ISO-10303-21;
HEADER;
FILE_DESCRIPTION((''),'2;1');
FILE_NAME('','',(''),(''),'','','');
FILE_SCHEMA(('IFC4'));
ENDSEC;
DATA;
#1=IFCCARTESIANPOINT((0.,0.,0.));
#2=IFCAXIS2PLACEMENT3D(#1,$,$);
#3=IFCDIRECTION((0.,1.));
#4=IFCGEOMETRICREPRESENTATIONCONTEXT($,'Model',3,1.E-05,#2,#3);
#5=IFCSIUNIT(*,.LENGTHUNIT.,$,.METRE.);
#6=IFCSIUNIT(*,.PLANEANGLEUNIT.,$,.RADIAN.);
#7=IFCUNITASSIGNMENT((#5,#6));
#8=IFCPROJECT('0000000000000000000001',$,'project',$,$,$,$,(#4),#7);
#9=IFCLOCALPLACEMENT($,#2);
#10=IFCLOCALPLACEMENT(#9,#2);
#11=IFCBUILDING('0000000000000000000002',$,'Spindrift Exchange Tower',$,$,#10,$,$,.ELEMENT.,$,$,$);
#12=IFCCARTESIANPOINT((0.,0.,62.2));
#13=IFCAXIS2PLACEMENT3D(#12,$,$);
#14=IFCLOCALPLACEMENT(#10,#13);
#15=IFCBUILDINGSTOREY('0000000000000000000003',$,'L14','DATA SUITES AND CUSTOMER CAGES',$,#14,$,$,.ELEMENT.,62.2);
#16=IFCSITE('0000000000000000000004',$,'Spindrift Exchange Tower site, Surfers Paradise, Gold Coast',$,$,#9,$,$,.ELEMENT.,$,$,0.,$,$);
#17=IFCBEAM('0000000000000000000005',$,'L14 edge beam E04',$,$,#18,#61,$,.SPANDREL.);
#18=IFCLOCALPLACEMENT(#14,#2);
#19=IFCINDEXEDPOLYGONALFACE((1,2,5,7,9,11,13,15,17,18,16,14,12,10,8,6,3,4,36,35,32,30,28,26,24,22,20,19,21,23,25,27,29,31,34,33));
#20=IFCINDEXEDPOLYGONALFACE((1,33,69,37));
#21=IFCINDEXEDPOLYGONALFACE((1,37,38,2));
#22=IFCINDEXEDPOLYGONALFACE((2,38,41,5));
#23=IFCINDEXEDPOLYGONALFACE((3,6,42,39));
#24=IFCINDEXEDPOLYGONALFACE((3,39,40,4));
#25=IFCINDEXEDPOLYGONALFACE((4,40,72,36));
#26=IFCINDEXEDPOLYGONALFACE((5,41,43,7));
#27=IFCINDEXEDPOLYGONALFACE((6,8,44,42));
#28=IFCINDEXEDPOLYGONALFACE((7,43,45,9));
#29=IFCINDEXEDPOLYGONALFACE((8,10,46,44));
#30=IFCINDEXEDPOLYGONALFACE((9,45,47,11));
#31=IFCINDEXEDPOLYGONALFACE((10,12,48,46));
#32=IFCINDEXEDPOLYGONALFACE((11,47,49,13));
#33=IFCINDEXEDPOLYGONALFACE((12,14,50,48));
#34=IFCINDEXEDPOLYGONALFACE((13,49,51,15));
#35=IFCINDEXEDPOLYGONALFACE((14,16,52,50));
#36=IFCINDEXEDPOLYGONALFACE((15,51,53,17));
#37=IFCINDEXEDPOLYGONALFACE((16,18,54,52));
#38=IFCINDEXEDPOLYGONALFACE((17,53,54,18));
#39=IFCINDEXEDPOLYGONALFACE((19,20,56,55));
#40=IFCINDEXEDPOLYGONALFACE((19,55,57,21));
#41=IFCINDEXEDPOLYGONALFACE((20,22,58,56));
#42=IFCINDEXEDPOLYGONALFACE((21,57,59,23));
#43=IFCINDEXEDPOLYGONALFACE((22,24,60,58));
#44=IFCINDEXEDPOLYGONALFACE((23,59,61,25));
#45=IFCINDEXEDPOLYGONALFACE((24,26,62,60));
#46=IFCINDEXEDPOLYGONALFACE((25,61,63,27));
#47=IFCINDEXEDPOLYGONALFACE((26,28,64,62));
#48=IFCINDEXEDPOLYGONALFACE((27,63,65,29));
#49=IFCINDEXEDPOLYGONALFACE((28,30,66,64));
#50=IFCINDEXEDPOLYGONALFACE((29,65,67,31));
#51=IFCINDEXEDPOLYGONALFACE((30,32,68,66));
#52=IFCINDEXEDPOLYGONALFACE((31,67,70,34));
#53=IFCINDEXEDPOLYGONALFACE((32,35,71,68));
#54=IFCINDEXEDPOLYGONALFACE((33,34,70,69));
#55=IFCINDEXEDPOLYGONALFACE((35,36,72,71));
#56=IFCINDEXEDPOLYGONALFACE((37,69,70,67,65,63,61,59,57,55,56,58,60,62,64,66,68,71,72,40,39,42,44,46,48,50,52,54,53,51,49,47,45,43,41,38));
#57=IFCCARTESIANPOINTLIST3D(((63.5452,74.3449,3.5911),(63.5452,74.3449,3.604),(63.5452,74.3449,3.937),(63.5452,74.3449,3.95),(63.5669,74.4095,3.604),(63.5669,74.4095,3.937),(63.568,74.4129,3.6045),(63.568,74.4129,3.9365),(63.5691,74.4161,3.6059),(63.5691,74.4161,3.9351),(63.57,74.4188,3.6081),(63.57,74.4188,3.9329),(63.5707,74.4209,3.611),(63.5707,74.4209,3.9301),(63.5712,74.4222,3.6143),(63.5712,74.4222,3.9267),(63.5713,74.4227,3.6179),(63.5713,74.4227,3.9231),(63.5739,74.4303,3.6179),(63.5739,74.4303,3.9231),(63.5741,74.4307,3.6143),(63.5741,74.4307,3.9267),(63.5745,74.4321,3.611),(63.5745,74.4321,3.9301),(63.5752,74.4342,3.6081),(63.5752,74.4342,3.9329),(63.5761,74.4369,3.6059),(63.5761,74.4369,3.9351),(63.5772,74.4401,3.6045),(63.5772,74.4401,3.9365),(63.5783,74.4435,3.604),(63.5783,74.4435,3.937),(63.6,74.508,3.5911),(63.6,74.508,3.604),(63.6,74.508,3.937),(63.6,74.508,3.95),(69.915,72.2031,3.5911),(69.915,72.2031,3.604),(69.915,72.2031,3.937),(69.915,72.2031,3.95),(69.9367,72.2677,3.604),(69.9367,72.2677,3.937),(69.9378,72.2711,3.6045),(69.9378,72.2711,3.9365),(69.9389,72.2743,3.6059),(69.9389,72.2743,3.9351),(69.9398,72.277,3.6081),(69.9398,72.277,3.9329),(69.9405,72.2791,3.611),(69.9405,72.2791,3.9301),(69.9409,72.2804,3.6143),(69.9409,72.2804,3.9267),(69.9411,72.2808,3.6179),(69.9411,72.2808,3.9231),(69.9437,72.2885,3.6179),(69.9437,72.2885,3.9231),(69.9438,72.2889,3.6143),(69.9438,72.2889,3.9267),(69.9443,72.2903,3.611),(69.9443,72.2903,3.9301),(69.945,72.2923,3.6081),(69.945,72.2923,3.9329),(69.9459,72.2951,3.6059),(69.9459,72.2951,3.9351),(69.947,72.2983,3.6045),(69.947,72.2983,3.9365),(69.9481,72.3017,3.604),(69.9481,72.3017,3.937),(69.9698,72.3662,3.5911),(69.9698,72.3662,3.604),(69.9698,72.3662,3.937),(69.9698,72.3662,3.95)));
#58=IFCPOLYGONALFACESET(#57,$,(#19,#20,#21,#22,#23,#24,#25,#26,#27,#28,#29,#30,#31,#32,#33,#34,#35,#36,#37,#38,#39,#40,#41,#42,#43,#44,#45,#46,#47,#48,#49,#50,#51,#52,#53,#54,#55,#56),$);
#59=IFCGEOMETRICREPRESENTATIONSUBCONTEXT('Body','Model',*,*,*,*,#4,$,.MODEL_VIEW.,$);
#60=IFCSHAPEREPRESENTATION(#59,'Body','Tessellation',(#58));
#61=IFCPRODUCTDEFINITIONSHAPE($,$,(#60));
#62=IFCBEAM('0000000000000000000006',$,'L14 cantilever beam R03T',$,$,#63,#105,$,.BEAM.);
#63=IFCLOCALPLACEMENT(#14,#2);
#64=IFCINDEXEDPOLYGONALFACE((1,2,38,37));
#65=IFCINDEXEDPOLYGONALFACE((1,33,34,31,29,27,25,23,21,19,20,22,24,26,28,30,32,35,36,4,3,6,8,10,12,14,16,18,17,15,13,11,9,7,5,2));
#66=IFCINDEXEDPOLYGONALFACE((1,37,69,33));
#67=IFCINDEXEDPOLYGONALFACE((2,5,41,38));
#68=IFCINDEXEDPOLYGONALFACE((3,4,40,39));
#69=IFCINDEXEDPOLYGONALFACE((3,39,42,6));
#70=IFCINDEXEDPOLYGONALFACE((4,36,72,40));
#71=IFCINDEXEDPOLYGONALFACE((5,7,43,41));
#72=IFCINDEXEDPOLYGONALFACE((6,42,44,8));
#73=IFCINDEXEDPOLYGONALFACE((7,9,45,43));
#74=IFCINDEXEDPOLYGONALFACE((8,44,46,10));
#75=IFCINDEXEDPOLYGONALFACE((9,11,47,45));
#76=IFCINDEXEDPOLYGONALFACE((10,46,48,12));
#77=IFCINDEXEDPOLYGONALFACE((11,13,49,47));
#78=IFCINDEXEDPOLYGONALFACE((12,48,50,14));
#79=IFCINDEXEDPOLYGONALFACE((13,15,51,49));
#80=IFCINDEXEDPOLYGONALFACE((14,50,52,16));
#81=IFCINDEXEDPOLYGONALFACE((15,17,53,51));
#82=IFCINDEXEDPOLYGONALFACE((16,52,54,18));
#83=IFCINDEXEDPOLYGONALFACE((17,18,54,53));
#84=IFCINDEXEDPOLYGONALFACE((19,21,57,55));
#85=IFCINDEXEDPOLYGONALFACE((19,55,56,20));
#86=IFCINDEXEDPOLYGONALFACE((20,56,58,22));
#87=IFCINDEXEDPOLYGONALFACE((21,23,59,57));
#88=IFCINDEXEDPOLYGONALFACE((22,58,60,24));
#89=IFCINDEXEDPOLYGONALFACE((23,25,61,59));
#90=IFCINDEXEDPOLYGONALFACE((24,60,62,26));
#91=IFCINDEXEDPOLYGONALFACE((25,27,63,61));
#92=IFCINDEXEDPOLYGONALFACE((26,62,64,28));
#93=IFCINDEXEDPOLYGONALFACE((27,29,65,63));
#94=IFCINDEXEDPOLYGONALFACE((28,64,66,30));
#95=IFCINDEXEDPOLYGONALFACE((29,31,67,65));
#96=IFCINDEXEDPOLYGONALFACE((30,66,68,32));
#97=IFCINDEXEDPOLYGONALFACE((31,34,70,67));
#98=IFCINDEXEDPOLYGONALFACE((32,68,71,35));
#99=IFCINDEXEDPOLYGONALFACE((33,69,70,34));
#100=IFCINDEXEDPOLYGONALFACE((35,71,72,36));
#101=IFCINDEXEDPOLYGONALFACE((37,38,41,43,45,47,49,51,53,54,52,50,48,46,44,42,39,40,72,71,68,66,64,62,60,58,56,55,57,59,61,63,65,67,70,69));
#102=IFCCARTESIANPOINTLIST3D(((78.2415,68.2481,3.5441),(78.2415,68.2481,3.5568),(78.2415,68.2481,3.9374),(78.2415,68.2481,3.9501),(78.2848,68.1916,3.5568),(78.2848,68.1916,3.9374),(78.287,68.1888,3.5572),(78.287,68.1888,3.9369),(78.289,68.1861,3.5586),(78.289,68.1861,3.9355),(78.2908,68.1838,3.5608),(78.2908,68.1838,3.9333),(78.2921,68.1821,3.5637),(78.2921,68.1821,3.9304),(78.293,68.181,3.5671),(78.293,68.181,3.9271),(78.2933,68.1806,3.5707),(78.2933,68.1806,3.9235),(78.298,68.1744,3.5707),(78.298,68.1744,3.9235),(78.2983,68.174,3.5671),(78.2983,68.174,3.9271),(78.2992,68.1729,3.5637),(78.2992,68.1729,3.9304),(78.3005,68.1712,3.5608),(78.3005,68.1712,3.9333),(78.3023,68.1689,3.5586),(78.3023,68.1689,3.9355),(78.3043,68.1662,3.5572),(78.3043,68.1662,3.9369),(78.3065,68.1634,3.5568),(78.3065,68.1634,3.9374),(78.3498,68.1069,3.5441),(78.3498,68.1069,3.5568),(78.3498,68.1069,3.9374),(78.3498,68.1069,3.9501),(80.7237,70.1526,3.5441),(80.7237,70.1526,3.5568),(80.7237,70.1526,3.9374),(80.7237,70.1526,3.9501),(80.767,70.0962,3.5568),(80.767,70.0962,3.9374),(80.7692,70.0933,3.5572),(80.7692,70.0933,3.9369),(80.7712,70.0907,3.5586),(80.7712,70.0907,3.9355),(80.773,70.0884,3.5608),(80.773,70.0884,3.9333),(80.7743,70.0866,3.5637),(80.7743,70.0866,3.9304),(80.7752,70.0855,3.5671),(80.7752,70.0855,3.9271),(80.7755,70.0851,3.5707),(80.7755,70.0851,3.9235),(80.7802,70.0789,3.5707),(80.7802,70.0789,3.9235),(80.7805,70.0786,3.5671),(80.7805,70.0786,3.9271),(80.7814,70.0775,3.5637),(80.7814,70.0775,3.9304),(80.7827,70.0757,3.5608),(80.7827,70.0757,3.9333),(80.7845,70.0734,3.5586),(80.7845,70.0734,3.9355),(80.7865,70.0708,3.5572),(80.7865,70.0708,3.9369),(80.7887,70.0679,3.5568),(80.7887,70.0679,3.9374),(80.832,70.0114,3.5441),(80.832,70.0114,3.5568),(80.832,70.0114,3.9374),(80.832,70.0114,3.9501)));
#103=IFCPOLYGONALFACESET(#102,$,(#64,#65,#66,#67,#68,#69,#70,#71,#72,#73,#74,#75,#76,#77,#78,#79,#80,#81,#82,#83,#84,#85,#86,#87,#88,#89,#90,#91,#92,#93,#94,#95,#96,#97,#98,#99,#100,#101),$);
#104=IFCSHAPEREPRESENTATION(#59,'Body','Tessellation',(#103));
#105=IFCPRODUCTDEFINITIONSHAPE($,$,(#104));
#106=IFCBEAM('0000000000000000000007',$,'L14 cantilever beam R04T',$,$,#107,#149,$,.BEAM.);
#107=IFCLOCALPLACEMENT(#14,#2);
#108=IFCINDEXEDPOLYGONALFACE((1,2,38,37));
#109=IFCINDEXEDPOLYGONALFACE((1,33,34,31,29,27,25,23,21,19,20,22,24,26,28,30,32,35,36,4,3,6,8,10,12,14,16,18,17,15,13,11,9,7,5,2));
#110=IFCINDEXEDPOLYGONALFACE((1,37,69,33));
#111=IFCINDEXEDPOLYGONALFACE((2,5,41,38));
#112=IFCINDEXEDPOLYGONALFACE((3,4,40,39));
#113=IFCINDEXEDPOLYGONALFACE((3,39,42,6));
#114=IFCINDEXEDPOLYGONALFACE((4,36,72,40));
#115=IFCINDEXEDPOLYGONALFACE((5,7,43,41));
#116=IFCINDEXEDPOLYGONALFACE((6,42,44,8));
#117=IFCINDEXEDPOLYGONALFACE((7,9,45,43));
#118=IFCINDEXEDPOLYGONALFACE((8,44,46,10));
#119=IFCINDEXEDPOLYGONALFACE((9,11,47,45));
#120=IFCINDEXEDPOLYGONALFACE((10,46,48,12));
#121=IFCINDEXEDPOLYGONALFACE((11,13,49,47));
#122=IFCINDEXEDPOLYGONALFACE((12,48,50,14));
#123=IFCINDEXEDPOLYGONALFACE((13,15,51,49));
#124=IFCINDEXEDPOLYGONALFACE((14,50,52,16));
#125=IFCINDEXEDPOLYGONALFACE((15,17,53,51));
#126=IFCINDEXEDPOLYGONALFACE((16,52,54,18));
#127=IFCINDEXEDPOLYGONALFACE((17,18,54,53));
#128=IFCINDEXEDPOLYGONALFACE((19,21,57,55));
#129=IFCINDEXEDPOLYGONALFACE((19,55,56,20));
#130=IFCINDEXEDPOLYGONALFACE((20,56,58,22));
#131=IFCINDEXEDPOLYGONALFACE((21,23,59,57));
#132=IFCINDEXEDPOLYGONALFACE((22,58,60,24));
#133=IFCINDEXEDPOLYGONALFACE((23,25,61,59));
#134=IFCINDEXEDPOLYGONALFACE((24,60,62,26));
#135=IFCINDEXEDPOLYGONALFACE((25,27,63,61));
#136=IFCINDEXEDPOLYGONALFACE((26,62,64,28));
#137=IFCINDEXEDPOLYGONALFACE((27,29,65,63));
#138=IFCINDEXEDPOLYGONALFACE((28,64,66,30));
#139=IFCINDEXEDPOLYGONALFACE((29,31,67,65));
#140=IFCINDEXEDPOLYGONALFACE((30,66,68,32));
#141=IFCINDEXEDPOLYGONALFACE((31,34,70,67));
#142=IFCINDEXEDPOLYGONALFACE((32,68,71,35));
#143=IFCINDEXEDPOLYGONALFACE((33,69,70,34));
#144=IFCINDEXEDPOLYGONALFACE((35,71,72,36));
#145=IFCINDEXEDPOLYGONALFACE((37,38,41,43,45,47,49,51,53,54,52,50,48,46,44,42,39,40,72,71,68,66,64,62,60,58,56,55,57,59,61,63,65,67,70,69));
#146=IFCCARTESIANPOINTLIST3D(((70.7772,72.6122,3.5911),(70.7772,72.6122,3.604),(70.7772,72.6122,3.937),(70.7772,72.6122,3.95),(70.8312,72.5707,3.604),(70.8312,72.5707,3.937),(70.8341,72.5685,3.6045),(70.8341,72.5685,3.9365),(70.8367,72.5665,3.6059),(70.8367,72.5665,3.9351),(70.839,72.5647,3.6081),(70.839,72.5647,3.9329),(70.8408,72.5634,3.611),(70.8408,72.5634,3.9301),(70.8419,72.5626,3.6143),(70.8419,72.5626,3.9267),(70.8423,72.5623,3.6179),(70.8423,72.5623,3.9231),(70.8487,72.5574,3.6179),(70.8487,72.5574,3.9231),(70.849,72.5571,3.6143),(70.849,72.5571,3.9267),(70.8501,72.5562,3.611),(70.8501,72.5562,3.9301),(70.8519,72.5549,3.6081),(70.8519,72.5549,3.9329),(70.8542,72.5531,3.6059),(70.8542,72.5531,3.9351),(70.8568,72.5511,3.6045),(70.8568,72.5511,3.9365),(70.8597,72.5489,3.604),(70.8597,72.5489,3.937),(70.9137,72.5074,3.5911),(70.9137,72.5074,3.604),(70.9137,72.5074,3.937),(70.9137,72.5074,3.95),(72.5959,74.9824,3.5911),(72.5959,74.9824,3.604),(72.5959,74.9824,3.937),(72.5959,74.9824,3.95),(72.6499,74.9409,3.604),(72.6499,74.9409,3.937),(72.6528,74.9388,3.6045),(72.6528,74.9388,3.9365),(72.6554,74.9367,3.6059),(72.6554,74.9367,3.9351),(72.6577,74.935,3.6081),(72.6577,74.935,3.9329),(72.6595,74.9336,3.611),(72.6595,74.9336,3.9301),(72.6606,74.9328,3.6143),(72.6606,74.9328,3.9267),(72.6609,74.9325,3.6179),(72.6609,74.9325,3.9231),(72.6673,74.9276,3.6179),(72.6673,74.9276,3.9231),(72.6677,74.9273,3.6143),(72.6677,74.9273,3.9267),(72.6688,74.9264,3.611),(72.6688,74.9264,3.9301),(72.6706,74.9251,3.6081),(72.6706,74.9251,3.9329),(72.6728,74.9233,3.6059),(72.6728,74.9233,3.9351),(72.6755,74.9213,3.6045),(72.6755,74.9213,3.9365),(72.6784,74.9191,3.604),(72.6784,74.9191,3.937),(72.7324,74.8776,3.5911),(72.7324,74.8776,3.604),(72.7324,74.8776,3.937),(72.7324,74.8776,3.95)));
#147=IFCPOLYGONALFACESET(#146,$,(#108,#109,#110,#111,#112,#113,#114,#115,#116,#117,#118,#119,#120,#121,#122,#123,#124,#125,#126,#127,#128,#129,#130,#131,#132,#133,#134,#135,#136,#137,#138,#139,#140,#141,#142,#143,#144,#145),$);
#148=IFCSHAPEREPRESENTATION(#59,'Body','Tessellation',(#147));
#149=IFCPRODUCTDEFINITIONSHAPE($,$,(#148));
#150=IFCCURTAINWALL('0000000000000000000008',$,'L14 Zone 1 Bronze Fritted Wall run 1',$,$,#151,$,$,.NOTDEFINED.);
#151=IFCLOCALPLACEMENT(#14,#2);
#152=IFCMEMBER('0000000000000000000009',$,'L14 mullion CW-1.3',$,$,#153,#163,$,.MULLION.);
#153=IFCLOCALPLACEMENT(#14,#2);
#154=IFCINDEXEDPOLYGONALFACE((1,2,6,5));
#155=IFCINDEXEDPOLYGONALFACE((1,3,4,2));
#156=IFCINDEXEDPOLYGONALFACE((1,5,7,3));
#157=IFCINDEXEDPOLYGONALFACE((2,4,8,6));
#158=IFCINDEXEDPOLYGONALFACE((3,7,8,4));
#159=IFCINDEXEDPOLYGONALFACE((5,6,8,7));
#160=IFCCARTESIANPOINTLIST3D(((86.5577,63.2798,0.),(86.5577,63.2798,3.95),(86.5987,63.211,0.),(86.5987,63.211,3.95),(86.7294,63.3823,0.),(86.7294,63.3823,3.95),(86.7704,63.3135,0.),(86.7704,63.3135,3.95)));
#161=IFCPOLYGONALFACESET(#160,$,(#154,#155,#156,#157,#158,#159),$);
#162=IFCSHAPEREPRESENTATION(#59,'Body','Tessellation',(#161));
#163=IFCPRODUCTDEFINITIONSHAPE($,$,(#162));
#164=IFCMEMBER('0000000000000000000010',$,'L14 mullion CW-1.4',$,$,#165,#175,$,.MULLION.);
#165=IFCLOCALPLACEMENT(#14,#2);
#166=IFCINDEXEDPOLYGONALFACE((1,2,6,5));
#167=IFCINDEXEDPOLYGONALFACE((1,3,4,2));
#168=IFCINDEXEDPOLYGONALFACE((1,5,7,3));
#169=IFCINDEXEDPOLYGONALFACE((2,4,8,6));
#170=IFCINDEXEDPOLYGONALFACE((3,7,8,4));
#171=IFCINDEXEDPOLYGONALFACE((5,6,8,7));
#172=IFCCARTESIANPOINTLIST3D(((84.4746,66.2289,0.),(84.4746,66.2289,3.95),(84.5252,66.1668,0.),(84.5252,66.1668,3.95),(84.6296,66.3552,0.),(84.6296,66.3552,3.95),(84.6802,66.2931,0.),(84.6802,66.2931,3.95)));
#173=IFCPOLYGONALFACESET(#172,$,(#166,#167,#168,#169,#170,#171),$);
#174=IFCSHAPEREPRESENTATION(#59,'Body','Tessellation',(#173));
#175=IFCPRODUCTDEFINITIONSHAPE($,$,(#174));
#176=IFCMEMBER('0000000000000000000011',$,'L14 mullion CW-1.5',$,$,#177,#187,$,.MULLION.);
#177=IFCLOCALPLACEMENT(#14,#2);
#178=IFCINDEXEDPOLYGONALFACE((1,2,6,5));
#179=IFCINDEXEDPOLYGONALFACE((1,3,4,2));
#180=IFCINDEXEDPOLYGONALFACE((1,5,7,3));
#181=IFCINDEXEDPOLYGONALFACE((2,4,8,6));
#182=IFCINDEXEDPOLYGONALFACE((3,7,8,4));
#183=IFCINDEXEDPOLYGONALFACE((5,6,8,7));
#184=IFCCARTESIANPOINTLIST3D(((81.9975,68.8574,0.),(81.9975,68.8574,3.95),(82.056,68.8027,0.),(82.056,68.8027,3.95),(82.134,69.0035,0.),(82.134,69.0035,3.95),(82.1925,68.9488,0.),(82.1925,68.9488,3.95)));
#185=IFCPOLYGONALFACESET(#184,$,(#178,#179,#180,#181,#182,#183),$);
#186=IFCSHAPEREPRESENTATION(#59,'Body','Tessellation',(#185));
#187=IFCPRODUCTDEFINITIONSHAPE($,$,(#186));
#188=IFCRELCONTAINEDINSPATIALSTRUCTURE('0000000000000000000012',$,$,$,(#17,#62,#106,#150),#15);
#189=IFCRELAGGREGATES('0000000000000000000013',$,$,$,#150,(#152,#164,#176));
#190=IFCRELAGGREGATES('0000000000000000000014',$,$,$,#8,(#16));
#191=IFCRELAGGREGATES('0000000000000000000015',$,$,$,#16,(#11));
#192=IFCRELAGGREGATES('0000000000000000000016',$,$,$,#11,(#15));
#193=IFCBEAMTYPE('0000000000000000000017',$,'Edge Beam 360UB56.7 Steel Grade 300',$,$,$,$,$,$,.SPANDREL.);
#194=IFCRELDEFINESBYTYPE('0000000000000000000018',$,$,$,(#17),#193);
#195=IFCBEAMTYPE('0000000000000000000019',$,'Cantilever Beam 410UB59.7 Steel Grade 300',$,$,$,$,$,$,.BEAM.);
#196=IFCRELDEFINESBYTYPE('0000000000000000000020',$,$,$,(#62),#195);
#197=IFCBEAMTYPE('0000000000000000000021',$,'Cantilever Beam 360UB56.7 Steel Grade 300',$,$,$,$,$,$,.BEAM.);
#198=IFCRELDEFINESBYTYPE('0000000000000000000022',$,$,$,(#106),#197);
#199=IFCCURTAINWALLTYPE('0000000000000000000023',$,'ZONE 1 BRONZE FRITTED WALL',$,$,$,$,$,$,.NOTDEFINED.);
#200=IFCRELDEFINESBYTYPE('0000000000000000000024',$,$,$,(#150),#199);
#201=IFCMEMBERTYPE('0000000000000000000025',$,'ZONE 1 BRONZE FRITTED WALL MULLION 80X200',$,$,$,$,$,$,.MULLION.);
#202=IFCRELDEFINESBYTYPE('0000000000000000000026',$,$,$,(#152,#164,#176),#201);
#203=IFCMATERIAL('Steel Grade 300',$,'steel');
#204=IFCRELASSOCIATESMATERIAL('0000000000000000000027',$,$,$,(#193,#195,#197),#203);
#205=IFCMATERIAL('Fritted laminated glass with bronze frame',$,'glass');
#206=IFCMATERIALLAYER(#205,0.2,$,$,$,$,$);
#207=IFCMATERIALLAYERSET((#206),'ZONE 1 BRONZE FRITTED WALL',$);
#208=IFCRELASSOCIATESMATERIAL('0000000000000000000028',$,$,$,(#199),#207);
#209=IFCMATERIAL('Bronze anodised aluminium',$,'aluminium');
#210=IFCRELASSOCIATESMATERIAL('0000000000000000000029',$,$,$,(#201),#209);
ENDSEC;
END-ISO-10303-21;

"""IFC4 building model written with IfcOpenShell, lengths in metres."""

from ifc_helpers import new_model, si_unit, direction, frame, origin, origin_2d, place, context, subcontext, project, spatial, rectangle, i_section, extrude, source, transform, mapped, material, layer, layer_set, material_profile, profile_set, type_object, element, aggregate, save


model = new_model("IFC4")

# Units and contexts
model_context = context("Model", 3, precision=1e-05, world=origin(), true_north=direction((0.0, 1.0)))
body_context = subcontext(model_context, "Body", "Model", "MODEL_VIEW")
ifc_project = project(units=[si_unit("LENGTHUNIT", "METRE"), si_unit("PLANEANGLEUNIT", "RADIAN")], contexts=[model_context])

# Site, building, storey
site_placement = place(None, origin())
site = spatial("IfcSite", under=ifc_project, at=site_placement, Name="Spindrift Exchange Tower site, Surfers Paradise, Gold Coast", CompositionType="ELEMENT", RefElevation=0.0)
building_placement = place(site_placement, origin())
building = spatial("IfcBuilding", under=site, at=building_placement, Name="Spindrift Exchange Tower", CompositionType="ELEMENT")
storey_placement = place(building_placement, frame((0.0, 0.0, 62.2)))
storey = spatial("IfcBuildingStorey", under=building, at=storey_placement, Name="L14", Description="DATA SUITES AND CUSTOMER CAGES", CompositionType="ELEMENT", Elevation=62.2)

# Beams
ifc_material_1 = material(Name="Steel Grade 300", Category="steel")
ifc_material_profile_1 = material_profile(ifc_material_1, i_section(OverallWidth=0.1721, OverallDepth=0.3589, WebThickness=0.0081, FlangeThickness=0.0129, FilletRadius=0.0139, at=origin_2d()), Name="360UB56.7")
ifc_profile_set_1 = profile_set([ifc_material_profile_1], Name="Steel Grade 300")
beam_type_1 = type_object("IfcBeamType", Name="Edge Beam 360UB56.7 Steel Grade 300", PredefinedType="SPANDREL", material=ifc_profile_set_1)
shared_shape_1 = source(origin(), body_context, "Body", "SweptSolid", [
    extrude(i_section(OverallWidth=0.1721, OverallDepth=0.3589, WebThickness=0.0081, FlangeThickness=0.0129, FilletRadius=0.0139, at=origin_2d()), origin(), (0.0, 0.0, 1.0), 6.7202),
])
beam_1_placement = place(storey_placement, frame((69.9424, 72.2847, 3.7705), z_axis=(-0.947852, 0.318712, 0.0), x_axis=(-0.318712, -0.947852, 0.0)))
element("IfcBeam", 1, at=beam_1_placement, inside=storey, type_object=beam_type_1, Name="L14 edge beam E04", PredefinedType="SPANDREL", context=body_context, shape_type="MappedRepresentation", body=[
    mapped(shared_shape_1, transform((0.0, 0.0, 0.0), scale=1.0)),
])
ifc_material_profile_2 = material_profile(ifc_material_1, i_section(OverallWidth=0.178, OverallDepth=0.406, WebThickness=0.0078, FlangeThickness=0.0127, FilletRadius=0.0139, at=origin_2d()), Name="410UB59.7")
ifc_profile_set_2 = profile_set([ifc_material_profile_2], Name="Steel Grade 300")
beam_type_2 = type_object("IfcBeamType", Name="Cantilever Beam 410UB59.7 Steel Grade 300", PredefinedType="BEAM", material=ifc_profile_set_2)
shared_shape_2 = source(origin(), body_context, "Body", "SweptSolid", [
    extrude(i_section(OverallWidth=0.178, OverallDepth=0.406, WebThickness=0.0078, FlangeThickness=0.0127, FilletRadius=0.0139, at=origin_2d()), origin(), (0.0, 0.0, 1.0), 3.1287),
])
beam_2_placement = place(storey_placement, frame((78.2957, 68.1775, 3.7471), z_axis=(0.793369, 0.608741, 0.0), x_axis=(-0.608741, 0.793369, 0.0)))
element("IfcBeam", 2, at=beam_2_placement, inside=storey, type_object=beam_type_2, Name="L14 cantilever beam R03T", PredefinedType="BEAM", context=body_context, shape_type="MappedRepresentation", body=[
    mapped(shared_shape_2, transform((0.0, 0.0, 0.0), scale=1.0)),
])
ifc_material_profile_3 = material_profile(ifc_material_1, i_section(OverallWidth=0.1721, OverallDepth=0.3589, WebThickness=0.0081, FlangeThickness=0.0129, FilletRadius=0.0139, at=origin_2d()), Name="360UB56.7")
ifc_profile_set_3 = profile_set([ifc_material_profile_3], Name="Steel Grade 300")
beam_type_3 = type_object("IfcBeamType", Name="Cantilever Beam 360UB56.7 Steel Grade 300", PredefinedType="BEAM", material=ifc_profile_set_3)
shared_shape_3 = source(origin(), body_context, "Body", "SweptSolid", [
    extrude(i_section(OverallWidth=0.1721, OverallDepth=0.3589, WebThickness=0.0081, FlangeThickness=0.0129, FilletRadius=0.0139, at=origin_2d()), origin(), (0.0, 0.0, 1.0), 2.9875),
])
beam_3_placement = place(storey_placement, frame((70.8455, 72.5598, 3.7705), z_axis=(0.608751, 0.793362, 0.0), x_axis=(-0.793362, 0.608751, 0.0)))
element("IfcBeam", 3, at=beam_3_placement, inside=storey, type_object=beam_type_3, Name="L14 cantilever beam R04T", PredefinedType="BEAM", context=body_context, shape_type="MappedRepresentation", body=[
    mapped(shared_shape_3, transform((0.0, 0.0, 0.0), scale=1.0)),
])

# Curtain wall, members
ifc_material_2 = material(Name="Fritted laminated glass with bronze frame", Category="glass")
ifc_layer_1 = layer(ifc_material_2, 0.2)
ifc_layer_set_1 = layer_set([ifc_layer_1], Name="ZONE 1 BRONZE FRITTED WALL")
curtain_wall_type = type_object("IfcCurtainWallType", Name="ZONE 1 BRONZE FRITTED WALL", PredefinedType="NOTDEFINED", material=ifc_layer_set_1)
curtain_wall_1_placement = place(storey_placement, origin())
curtain_wall_1 = element("IfcCurtainWall", 4, at=curtain_wall_1_placement, inside=storey, type_object=curtain_wall_type, Name="L14 Zone 1 Bronze Fritted Wall run 1", PredefinedType="NOTDEFINED")
ifc_material_3 = material(Name="Bronze anodised aluminium", Category="aluminium")
ifc_material_profile_4 = material_profile(ifc_material_3, rectangle(XDim=0.0801, YDim=0.2, at=origin_2d()), Name="ZONE 1 BRONZE FRITTED WALL MULLION 80X200")
ifc_profile_set_4 = profile_set([ifc_material_profile_4], Name="Bronze anodised aluminium")
member_type_1 = type_object("IfcMemberType", Name="ZONE 1 BRONZE FRITTED WALL MULLION 80X200", PredefinedType="MULLION", material=ifc_profile_set_4)
shared_shape_4 = source(origin(), body_context, "Body", "SweptSolid", [
    extrude(rectangle(XDim=0.0801, YDim=0.2, at=origin_2d()), origin(), (0.0, 0.0, 1.0), 3.95),
])
member_1_placement = place(storey_placement, frame((86.6641, 63.2966, 0.0), z_axis=(0.0, 0.0, 1.0), x_axis=(-0.512533, 0.858667, 0.0)))
member_1 = element("IfcMember", 5, at=member_1_placement, type_object=member_type_1, Name="L14 mullion CW-1.3", PredefinedType="MULLION", context=body_context, shape_type="MappedRepresentation", body=[
    mapped(shared_shape_4, transform((0.0, 0.0, 0.0), scale=1.0)),
])
member_2_placement = place(storey_placement, frame((84.5774, 66.261, 0.0), z_axis=(0.0, 0.0, 1.0), x_axis=(-0.631747, 0.775175, 0.0)))
member_2 = element("IfcMember", 6, at=member_2_placement, type_object=member_type_1, Name="L14 mullion CW-1.4", PredefinedType="MULLION", context=body_context, shape_type="MappedRepresentation", body=[
    mapped(shared_shape_4, transform((0.0, 0.0, 0.0), scale=1.0)),
])
member_3_placement = place(storey_placement, frame((82.095, 68.9031, 0.0), z_axis=(0.0, 0.0, 1.0), x_axis=(-0.730688, 0.682711, 0.0)))
member_3 = element("IfcMember", 7, at=member_3_placement, type_object=member_type_1, Name="L14 mullion CW-1.5", PredefinedType="MULLION", context=body_context, shape_type="MappedRepresentation", body=[
    mapped(shared_shape_4, transform((0.0, 0.0, 0.0), scale=1.0)),
])

aggregate(curtain_wall_1, [member_1, member_2, member_3])

save(model, "model.ifc")
